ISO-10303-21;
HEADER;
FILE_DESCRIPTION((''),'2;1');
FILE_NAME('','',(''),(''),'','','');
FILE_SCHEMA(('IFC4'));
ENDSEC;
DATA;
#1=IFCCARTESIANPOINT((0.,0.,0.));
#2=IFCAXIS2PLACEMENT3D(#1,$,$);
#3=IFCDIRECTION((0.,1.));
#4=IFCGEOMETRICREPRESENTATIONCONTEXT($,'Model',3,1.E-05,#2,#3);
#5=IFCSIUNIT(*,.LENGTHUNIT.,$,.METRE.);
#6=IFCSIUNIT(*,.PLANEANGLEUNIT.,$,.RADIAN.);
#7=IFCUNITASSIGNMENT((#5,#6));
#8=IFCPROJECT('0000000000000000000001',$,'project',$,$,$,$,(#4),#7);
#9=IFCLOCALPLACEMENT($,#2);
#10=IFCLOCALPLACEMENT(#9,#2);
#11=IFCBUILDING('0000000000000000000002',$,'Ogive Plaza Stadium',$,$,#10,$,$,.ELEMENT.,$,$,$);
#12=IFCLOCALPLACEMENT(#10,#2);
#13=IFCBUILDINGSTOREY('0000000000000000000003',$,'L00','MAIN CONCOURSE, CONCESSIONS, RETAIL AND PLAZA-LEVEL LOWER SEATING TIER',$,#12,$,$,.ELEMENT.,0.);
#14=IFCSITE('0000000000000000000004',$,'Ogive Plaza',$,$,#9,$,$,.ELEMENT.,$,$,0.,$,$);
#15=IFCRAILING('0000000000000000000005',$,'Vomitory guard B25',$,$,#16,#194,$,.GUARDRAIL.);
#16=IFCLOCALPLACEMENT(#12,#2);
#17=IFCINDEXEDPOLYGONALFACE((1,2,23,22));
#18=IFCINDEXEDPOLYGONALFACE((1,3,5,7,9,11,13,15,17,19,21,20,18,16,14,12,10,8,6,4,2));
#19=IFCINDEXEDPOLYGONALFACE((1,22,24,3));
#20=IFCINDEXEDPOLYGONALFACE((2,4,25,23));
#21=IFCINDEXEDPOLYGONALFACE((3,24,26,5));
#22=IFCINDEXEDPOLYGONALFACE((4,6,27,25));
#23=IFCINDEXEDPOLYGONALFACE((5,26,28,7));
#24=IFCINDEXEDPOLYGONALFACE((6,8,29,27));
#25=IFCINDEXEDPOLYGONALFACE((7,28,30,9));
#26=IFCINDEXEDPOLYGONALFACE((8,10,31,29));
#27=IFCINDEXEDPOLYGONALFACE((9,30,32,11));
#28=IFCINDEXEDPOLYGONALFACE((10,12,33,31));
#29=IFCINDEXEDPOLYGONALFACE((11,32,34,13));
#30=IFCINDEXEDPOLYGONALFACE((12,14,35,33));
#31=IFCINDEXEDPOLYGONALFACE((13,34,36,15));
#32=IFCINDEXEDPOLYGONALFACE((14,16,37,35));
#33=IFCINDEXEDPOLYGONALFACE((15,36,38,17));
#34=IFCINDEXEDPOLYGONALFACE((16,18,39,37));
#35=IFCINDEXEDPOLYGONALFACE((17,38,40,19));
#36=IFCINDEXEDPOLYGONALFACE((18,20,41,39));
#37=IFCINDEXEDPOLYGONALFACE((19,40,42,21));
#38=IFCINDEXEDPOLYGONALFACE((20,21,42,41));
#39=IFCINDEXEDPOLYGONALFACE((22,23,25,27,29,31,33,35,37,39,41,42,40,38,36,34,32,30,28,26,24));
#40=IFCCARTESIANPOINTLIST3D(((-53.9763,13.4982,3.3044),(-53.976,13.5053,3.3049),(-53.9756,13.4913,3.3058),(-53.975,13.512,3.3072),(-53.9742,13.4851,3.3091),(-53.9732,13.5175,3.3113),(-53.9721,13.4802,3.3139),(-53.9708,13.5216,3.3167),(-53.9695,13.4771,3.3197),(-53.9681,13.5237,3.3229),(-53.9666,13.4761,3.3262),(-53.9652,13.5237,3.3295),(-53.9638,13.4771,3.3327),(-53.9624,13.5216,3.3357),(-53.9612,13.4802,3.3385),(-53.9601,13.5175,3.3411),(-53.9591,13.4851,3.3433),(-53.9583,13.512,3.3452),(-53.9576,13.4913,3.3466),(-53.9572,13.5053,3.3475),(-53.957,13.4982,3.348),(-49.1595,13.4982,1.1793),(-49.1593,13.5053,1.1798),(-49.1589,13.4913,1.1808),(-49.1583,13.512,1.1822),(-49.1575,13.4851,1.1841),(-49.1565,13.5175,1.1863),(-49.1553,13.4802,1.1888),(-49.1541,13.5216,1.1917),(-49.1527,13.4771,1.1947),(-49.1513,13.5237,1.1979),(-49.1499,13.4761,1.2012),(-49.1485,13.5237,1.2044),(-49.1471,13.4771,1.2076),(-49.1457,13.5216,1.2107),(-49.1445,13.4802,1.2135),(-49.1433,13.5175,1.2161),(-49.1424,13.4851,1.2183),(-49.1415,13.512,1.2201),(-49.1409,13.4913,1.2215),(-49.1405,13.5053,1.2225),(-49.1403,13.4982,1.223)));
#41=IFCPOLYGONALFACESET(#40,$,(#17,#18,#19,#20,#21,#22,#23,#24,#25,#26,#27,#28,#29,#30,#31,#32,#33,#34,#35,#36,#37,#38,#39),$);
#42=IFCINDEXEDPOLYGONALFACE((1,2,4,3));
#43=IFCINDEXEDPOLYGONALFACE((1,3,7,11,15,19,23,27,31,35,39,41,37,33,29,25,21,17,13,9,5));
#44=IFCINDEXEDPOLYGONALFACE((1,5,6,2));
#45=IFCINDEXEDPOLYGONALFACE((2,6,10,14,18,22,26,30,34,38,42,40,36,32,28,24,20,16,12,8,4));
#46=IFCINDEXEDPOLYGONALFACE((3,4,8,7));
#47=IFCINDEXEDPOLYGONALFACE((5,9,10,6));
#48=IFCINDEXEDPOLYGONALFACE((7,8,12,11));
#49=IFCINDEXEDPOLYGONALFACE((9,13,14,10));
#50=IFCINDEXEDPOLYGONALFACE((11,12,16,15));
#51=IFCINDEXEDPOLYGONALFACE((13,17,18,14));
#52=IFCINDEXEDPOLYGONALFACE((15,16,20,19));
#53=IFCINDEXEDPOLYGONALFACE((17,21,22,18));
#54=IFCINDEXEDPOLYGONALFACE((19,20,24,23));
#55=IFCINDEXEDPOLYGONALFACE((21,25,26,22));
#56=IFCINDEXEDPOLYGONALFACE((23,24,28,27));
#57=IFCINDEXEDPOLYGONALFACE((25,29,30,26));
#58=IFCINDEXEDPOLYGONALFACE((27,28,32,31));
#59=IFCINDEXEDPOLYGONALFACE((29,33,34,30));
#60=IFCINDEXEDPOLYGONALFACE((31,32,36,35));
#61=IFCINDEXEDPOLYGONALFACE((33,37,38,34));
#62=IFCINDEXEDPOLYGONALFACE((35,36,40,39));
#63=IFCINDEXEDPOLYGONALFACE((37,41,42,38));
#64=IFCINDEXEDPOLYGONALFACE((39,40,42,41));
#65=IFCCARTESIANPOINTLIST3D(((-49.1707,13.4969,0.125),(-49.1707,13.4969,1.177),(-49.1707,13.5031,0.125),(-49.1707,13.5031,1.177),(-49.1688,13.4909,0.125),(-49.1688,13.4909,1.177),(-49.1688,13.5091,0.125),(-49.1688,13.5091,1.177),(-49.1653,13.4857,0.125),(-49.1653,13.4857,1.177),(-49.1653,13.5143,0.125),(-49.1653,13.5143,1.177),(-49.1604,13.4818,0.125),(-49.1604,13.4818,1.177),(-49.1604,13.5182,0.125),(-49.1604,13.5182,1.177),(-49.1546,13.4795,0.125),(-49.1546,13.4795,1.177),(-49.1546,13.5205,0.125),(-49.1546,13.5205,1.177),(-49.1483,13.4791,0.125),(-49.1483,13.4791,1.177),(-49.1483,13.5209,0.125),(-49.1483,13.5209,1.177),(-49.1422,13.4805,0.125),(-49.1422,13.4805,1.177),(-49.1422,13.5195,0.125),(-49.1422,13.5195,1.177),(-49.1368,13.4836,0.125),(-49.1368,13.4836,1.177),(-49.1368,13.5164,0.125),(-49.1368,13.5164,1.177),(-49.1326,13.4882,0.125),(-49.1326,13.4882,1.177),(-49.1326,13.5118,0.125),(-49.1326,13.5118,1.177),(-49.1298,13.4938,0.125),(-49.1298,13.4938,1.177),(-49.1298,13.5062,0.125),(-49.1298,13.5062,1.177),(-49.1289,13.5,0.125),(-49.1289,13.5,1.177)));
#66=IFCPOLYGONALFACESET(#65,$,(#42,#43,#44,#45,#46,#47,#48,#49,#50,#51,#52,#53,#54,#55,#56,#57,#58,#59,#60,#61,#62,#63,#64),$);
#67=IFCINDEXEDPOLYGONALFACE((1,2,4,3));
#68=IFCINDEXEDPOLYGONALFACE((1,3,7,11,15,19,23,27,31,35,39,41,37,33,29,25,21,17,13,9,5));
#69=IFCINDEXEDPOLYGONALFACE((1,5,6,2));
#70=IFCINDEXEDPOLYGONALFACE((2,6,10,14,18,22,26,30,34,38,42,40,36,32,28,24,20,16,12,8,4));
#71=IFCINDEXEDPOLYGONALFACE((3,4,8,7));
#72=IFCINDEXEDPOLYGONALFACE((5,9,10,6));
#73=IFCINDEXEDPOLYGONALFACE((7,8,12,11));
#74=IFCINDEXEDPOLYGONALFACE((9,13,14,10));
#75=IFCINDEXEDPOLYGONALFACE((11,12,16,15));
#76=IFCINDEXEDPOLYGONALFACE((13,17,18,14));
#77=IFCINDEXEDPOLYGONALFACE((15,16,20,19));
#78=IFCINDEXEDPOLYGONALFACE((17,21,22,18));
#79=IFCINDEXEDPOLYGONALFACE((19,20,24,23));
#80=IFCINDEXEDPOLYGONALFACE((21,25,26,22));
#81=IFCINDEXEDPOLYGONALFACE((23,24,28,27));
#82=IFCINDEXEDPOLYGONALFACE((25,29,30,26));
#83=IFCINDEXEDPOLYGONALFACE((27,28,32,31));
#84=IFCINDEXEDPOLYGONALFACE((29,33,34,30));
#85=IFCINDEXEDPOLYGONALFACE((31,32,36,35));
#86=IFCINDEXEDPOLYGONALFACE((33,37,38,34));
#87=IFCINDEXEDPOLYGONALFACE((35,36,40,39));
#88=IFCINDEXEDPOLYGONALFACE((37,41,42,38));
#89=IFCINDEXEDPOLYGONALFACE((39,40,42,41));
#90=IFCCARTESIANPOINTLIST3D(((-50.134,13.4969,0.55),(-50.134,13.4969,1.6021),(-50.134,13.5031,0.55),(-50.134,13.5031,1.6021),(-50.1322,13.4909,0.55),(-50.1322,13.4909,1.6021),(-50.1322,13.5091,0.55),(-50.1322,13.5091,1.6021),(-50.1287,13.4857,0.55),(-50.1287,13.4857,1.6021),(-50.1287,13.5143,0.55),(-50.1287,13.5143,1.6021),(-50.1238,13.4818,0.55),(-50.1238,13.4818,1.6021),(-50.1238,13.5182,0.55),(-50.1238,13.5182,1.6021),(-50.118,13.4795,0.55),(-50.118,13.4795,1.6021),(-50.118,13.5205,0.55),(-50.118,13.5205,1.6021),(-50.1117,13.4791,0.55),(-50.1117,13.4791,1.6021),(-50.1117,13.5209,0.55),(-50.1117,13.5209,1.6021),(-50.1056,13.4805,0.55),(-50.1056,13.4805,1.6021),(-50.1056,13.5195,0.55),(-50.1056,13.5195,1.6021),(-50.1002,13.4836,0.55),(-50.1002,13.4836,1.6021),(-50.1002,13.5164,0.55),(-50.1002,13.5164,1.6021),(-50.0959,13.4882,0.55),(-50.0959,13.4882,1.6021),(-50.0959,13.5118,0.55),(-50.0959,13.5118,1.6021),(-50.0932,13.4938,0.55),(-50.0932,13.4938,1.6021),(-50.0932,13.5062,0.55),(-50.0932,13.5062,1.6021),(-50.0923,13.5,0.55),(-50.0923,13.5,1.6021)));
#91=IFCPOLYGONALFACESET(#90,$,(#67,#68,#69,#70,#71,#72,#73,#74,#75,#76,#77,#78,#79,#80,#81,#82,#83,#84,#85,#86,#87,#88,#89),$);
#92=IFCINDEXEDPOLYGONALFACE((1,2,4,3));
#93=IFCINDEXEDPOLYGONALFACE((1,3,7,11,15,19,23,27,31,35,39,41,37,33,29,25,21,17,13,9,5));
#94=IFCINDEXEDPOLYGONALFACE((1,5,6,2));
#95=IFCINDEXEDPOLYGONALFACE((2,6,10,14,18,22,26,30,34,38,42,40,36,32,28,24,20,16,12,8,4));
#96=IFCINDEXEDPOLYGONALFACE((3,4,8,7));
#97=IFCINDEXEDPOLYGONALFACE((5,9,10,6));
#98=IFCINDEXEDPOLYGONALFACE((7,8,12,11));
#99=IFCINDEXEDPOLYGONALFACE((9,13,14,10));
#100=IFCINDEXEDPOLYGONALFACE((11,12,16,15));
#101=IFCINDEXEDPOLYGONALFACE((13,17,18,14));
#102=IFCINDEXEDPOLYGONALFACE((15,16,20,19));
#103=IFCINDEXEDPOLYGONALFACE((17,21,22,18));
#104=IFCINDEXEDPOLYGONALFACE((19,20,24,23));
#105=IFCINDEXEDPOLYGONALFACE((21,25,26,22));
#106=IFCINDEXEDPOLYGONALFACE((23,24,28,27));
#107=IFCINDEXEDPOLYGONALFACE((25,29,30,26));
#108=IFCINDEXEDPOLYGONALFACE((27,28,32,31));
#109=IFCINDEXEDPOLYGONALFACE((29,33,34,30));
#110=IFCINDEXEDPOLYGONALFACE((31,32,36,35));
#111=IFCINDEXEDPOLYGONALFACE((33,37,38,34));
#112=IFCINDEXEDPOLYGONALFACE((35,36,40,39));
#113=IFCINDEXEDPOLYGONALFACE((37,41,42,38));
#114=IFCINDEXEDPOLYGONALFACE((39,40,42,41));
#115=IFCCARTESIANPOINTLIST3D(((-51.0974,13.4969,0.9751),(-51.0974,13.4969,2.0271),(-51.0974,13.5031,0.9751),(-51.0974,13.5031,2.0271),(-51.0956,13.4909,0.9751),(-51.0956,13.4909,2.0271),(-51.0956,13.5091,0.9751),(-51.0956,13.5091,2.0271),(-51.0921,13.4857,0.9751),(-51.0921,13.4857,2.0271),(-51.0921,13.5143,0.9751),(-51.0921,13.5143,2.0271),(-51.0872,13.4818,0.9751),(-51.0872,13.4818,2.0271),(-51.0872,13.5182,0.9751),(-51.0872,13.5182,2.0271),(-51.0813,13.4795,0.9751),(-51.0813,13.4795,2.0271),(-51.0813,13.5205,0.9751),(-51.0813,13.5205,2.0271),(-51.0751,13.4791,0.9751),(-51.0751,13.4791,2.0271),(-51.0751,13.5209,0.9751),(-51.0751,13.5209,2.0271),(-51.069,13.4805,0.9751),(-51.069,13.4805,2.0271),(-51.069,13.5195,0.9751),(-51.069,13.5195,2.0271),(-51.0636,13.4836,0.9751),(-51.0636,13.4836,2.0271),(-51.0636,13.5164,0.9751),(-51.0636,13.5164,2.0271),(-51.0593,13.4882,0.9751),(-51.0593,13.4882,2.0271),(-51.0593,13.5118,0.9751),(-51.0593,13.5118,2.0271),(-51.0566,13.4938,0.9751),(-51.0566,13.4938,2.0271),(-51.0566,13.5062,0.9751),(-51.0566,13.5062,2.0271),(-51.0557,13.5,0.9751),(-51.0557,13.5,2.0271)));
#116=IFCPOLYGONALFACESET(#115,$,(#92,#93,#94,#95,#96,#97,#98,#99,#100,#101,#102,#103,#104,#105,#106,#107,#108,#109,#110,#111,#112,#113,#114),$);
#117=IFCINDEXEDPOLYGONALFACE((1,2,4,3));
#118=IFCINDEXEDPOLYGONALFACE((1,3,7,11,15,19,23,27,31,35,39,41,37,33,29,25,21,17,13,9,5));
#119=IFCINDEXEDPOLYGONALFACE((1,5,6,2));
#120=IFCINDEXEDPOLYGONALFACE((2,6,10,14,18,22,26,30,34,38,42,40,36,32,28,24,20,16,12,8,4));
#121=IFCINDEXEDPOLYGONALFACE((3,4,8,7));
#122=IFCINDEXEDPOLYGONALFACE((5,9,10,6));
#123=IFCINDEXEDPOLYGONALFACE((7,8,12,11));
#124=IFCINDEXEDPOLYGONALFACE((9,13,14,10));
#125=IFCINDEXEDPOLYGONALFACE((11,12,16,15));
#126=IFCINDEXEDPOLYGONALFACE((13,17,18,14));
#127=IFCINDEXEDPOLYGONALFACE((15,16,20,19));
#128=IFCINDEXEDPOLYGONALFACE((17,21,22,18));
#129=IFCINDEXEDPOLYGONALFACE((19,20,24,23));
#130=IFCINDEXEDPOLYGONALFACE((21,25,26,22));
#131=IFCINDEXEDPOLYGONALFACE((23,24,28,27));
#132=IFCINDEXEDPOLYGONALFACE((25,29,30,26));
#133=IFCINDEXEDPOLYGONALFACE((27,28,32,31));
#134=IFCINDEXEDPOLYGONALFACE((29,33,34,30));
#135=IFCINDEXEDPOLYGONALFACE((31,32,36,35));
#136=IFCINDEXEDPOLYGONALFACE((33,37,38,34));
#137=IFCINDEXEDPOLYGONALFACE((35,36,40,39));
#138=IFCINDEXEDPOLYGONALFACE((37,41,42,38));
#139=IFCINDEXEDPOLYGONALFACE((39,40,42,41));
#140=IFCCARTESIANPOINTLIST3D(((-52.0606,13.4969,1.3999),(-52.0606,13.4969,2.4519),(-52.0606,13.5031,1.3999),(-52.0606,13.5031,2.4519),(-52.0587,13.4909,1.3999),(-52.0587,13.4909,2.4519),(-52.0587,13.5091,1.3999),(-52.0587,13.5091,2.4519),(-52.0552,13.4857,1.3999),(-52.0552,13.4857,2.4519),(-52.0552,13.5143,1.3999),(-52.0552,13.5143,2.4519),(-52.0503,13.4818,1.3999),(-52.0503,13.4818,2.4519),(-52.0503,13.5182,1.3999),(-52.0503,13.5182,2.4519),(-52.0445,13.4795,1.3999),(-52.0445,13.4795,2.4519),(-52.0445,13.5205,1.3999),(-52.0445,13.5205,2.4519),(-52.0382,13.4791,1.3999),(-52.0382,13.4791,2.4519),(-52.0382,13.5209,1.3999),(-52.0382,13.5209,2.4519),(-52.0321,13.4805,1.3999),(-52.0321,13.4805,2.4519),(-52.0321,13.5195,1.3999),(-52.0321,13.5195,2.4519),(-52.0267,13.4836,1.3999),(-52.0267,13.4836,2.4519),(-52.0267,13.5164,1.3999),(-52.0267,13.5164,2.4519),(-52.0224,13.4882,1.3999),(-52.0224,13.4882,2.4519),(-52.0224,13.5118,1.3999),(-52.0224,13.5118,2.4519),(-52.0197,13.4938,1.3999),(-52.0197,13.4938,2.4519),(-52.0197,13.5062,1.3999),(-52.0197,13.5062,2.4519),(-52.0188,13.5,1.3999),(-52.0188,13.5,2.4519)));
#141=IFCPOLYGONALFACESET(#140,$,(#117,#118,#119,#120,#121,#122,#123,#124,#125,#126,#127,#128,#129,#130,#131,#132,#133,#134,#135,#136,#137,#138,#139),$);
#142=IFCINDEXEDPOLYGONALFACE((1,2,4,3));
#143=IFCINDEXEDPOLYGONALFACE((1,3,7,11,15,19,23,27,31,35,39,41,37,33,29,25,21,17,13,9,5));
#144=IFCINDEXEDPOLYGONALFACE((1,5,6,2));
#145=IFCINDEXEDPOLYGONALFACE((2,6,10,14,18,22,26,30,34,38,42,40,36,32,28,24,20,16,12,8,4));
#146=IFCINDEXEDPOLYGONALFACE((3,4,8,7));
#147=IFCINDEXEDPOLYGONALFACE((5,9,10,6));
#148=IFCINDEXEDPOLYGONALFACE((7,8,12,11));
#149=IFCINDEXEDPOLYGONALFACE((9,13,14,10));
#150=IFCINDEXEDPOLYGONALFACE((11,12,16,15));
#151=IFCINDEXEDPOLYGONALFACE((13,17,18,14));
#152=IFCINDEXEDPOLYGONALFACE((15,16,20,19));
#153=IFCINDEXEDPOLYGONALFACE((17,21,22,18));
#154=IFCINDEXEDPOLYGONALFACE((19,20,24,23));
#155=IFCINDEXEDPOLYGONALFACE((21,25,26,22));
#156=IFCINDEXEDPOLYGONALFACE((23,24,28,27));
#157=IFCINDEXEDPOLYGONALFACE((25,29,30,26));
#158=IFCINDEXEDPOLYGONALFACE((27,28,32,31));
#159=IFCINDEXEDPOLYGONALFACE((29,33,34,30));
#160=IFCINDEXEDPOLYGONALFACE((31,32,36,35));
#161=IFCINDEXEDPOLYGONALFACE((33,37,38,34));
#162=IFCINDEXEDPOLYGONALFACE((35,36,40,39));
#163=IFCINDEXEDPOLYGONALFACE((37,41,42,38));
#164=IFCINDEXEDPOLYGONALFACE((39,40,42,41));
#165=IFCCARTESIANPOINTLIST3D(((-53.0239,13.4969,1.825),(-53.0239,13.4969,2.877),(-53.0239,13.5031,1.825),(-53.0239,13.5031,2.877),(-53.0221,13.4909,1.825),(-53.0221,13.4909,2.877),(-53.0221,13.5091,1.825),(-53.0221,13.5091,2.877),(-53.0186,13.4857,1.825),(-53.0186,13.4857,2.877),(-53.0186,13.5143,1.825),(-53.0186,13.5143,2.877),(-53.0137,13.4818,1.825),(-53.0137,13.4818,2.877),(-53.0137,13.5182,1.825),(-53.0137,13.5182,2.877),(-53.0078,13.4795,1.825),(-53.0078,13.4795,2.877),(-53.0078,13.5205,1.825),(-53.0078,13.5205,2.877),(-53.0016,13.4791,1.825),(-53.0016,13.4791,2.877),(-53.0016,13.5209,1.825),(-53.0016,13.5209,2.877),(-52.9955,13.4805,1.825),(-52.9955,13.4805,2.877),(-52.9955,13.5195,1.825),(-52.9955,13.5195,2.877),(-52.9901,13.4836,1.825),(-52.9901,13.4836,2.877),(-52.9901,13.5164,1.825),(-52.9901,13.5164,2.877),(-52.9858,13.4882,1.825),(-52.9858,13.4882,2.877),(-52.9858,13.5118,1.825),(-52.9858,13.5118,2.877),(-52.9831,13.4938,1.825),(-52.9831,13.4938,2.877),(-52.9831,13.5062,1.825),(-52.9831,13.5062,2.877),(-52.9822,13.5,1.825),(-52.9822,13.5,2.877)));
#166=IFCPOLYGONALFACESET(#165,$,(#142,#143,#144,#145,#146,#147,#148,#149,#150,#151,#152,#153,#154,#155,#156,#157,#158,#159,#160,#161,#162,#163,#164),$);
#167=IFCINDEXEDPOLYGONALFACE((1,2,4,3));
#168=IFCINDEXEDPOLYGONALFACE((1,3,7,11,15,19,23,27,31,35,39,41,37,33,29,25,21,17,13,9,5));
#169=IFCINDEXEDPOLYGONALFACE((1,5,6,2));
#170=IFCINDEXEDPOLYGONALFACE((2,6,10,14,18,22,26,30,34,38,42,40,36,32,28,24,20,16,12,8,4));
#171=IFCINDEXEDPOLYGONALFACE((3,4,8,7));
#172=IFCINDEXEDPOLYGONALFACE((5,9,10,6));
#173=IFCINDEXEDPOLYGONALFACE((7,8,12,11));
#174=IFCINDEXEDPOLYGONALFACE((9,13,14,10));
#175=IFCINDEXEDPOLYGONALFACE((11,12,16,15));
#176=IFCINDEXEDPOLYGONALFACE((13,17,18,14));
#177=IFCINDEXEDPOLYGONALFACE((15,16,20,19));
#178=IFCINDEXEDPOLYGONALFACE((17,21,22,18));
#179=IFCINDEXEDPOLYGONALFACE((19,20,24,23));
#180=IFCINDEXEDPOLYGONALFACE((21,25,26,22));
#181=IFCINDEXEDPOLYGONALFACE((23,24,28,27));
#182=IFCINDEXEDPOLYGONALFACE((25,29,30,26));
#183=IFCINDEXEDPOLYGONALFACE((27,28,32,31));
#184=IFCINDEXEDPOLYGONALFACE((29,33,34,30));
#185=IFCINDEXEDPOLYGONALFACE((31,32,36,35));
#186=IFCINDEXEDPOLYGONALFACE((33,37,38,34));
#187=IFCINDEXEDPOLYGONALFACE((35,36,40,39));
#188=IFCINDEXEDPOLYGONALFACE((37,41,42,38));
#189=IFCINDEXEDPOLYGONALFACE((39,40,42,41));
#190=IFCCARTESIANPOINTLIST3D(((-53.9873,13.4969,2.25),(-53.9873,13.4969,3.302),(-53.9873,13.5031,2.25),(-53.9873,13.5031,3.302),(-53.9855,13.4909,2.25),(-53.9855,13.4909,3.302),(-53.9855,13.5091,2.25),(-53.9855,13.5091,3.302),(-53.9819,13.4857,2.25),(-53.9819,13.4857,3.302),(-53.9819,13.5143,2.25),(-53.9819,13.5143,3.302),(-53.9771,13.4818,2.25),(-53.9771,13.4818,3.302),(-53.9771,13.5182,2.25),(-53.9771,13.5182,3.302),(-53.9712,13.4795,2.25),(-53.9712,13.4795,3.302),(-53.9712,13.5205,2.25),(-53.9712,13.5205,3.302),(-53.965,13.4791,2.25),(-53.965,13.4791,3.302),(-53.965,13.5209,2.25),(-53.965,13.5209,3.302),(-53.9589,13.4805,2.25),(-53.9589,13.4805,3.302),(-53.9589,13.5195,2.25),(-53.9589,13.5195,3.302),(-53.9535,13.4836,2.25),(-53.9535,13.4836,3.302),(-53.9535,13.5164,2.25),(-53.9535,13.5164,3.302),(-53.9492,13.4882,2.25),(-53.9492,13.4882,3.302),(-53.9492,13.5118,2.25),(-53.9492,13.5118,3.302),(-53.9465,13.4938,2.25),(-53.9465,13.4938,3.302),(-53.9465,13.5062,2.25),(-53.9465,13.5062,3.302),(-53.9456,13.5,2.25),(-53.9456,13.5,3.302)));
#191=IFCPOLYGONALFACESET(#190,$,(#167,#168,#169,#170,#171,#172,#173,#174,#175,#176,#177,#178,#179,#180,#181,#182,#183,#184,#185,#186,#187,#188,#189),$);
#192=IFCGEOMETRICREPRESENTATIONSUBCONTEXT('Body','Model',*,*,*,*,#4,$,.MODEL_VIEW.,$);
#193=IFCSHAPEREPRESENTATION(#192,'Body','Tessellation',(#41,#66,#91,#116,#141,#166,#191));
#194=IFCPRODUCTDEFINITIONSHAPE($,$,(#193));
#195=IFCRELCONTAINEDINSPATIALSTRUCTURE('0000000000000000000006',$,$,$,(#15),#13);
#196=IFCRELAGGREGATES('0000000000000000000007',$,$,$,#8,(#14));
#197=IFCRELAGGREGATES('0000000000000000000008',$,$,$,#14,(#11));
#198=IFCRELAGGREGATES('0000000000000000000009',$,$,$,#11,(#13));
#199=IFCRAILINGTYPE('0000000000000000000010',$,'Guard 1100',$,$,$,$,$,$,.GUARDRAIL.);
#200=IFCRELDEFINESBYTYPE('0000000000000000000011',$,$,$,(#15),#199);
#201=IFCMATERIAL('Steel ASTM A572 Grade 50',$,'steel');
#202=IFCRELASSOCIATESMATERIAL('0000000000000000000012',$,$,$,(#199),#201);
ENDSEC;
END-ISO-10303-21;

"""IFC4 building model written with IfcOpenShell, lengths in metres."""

from ifc_helpers import new_model, si_unit, direction, frame, origin, origin_2d, place, context, subcontext, project, spatial, circle, extrude, material, type_object, element, save


model = new_model("IFC4")

# Units and contexts
model_context = context("Model", 3, precision=1e-05, world=origin(), true_north=direction((0.0, 1.0)))
body_context = subcontext(model_context, "Body", "Model", "MODEL_VIEW")
ifc_project = project(units=[si_unit("LENGTHUNIT", "METRE"), si_unit("PLANEANGLEUNIT", "RADIAN")], contexts=[model_context])

# Site, building, storey
site_placement = place(None, origin())
site = spatial("IfcSite", under=ifc_project, at=site_placement, Name="Ogive Plaza", CompositionType="ELEMENT", RefElevation=0.0)
building_placement = place(site_placement, origin())
building = spatial("IfcBuilding", under=site, at=building_placement, Name="Ogive Plaza Stadium", CompositionType="ELEMENT")
storey_placement = place(building_placement, origin())
storey = spatial("IfcBuildingStorey", under=building, at=storey_placement, Name="L00", Description="MAIN CONCOURSE, CONCESSIONS, RETAIL AND PLAZA-LEVEL LOWER SEATING TIER", CompositionType="ELEMENT", Elevation=0.0)

# Railing
ifc_material_1 = material(Name="Steel ASTM A572 Grade 50", Category="steel")
railing_type = type_object("IfcRailingType", Name="Guard 1100", PredefinedType="GUARDRAIL", material=ifc_material_1)
for number, where, name in (
    (1, (-49.1499, 13.5, 0.125), "Vomitory guard B25"),
):
    element("IfcRailing", number, at=place(storey_placement, frame(where)), inside=storey, type_object=railing_type, Name=name, PredefinedType="GUARDRAIL", context=body_context, shape_type="SweptSolid", body=[
        extrude(circle(Radius=0.0239, at=origin_2d()), frame((0.0, 0.0, 1.0762), z_axis=(-0.914917, 0.0, 0.403641), x_axis=(0.0, -1.0, 0.0)), (0.0, 0.0, 1.0), 5.2646),
        extrude(circle(Radius=0.021, at=origin_2d()), origin(), (0.0, 0.0, 1.0), 1.052),
        extrude(circle(Radius=0.021, at=origin_2d()), frame((-0.9634, 0.0, 0.425)), (0.0, 0.0, 1.0), 1.052),
        extrude(circle(Radius=0.021, at=origin_2d()), frame((-1.9268, 0.0, 0.8501)), (0.0, 0.0, 1.0), 1.052),
        extrude(circle(Radius=0.021, at=origin_2d()), frame((-2.8899, 0.0, 1.2749)), (0.0, 0.0, 1.0), 1.052),
        extrude(circle(Radius=0.021, at=origin_2d()), frame((-3.8533, 0.0, 1.7)), (0.0, 0.0, 1.0), 1.052),
        extrude(circle(Radius=0.021, at=origin_2d()), frame((-4.8167, 0.0, 2.125)), (0.0, 0.0, 1.0), 1.052),
    ])

save(model, "model.ifc")
